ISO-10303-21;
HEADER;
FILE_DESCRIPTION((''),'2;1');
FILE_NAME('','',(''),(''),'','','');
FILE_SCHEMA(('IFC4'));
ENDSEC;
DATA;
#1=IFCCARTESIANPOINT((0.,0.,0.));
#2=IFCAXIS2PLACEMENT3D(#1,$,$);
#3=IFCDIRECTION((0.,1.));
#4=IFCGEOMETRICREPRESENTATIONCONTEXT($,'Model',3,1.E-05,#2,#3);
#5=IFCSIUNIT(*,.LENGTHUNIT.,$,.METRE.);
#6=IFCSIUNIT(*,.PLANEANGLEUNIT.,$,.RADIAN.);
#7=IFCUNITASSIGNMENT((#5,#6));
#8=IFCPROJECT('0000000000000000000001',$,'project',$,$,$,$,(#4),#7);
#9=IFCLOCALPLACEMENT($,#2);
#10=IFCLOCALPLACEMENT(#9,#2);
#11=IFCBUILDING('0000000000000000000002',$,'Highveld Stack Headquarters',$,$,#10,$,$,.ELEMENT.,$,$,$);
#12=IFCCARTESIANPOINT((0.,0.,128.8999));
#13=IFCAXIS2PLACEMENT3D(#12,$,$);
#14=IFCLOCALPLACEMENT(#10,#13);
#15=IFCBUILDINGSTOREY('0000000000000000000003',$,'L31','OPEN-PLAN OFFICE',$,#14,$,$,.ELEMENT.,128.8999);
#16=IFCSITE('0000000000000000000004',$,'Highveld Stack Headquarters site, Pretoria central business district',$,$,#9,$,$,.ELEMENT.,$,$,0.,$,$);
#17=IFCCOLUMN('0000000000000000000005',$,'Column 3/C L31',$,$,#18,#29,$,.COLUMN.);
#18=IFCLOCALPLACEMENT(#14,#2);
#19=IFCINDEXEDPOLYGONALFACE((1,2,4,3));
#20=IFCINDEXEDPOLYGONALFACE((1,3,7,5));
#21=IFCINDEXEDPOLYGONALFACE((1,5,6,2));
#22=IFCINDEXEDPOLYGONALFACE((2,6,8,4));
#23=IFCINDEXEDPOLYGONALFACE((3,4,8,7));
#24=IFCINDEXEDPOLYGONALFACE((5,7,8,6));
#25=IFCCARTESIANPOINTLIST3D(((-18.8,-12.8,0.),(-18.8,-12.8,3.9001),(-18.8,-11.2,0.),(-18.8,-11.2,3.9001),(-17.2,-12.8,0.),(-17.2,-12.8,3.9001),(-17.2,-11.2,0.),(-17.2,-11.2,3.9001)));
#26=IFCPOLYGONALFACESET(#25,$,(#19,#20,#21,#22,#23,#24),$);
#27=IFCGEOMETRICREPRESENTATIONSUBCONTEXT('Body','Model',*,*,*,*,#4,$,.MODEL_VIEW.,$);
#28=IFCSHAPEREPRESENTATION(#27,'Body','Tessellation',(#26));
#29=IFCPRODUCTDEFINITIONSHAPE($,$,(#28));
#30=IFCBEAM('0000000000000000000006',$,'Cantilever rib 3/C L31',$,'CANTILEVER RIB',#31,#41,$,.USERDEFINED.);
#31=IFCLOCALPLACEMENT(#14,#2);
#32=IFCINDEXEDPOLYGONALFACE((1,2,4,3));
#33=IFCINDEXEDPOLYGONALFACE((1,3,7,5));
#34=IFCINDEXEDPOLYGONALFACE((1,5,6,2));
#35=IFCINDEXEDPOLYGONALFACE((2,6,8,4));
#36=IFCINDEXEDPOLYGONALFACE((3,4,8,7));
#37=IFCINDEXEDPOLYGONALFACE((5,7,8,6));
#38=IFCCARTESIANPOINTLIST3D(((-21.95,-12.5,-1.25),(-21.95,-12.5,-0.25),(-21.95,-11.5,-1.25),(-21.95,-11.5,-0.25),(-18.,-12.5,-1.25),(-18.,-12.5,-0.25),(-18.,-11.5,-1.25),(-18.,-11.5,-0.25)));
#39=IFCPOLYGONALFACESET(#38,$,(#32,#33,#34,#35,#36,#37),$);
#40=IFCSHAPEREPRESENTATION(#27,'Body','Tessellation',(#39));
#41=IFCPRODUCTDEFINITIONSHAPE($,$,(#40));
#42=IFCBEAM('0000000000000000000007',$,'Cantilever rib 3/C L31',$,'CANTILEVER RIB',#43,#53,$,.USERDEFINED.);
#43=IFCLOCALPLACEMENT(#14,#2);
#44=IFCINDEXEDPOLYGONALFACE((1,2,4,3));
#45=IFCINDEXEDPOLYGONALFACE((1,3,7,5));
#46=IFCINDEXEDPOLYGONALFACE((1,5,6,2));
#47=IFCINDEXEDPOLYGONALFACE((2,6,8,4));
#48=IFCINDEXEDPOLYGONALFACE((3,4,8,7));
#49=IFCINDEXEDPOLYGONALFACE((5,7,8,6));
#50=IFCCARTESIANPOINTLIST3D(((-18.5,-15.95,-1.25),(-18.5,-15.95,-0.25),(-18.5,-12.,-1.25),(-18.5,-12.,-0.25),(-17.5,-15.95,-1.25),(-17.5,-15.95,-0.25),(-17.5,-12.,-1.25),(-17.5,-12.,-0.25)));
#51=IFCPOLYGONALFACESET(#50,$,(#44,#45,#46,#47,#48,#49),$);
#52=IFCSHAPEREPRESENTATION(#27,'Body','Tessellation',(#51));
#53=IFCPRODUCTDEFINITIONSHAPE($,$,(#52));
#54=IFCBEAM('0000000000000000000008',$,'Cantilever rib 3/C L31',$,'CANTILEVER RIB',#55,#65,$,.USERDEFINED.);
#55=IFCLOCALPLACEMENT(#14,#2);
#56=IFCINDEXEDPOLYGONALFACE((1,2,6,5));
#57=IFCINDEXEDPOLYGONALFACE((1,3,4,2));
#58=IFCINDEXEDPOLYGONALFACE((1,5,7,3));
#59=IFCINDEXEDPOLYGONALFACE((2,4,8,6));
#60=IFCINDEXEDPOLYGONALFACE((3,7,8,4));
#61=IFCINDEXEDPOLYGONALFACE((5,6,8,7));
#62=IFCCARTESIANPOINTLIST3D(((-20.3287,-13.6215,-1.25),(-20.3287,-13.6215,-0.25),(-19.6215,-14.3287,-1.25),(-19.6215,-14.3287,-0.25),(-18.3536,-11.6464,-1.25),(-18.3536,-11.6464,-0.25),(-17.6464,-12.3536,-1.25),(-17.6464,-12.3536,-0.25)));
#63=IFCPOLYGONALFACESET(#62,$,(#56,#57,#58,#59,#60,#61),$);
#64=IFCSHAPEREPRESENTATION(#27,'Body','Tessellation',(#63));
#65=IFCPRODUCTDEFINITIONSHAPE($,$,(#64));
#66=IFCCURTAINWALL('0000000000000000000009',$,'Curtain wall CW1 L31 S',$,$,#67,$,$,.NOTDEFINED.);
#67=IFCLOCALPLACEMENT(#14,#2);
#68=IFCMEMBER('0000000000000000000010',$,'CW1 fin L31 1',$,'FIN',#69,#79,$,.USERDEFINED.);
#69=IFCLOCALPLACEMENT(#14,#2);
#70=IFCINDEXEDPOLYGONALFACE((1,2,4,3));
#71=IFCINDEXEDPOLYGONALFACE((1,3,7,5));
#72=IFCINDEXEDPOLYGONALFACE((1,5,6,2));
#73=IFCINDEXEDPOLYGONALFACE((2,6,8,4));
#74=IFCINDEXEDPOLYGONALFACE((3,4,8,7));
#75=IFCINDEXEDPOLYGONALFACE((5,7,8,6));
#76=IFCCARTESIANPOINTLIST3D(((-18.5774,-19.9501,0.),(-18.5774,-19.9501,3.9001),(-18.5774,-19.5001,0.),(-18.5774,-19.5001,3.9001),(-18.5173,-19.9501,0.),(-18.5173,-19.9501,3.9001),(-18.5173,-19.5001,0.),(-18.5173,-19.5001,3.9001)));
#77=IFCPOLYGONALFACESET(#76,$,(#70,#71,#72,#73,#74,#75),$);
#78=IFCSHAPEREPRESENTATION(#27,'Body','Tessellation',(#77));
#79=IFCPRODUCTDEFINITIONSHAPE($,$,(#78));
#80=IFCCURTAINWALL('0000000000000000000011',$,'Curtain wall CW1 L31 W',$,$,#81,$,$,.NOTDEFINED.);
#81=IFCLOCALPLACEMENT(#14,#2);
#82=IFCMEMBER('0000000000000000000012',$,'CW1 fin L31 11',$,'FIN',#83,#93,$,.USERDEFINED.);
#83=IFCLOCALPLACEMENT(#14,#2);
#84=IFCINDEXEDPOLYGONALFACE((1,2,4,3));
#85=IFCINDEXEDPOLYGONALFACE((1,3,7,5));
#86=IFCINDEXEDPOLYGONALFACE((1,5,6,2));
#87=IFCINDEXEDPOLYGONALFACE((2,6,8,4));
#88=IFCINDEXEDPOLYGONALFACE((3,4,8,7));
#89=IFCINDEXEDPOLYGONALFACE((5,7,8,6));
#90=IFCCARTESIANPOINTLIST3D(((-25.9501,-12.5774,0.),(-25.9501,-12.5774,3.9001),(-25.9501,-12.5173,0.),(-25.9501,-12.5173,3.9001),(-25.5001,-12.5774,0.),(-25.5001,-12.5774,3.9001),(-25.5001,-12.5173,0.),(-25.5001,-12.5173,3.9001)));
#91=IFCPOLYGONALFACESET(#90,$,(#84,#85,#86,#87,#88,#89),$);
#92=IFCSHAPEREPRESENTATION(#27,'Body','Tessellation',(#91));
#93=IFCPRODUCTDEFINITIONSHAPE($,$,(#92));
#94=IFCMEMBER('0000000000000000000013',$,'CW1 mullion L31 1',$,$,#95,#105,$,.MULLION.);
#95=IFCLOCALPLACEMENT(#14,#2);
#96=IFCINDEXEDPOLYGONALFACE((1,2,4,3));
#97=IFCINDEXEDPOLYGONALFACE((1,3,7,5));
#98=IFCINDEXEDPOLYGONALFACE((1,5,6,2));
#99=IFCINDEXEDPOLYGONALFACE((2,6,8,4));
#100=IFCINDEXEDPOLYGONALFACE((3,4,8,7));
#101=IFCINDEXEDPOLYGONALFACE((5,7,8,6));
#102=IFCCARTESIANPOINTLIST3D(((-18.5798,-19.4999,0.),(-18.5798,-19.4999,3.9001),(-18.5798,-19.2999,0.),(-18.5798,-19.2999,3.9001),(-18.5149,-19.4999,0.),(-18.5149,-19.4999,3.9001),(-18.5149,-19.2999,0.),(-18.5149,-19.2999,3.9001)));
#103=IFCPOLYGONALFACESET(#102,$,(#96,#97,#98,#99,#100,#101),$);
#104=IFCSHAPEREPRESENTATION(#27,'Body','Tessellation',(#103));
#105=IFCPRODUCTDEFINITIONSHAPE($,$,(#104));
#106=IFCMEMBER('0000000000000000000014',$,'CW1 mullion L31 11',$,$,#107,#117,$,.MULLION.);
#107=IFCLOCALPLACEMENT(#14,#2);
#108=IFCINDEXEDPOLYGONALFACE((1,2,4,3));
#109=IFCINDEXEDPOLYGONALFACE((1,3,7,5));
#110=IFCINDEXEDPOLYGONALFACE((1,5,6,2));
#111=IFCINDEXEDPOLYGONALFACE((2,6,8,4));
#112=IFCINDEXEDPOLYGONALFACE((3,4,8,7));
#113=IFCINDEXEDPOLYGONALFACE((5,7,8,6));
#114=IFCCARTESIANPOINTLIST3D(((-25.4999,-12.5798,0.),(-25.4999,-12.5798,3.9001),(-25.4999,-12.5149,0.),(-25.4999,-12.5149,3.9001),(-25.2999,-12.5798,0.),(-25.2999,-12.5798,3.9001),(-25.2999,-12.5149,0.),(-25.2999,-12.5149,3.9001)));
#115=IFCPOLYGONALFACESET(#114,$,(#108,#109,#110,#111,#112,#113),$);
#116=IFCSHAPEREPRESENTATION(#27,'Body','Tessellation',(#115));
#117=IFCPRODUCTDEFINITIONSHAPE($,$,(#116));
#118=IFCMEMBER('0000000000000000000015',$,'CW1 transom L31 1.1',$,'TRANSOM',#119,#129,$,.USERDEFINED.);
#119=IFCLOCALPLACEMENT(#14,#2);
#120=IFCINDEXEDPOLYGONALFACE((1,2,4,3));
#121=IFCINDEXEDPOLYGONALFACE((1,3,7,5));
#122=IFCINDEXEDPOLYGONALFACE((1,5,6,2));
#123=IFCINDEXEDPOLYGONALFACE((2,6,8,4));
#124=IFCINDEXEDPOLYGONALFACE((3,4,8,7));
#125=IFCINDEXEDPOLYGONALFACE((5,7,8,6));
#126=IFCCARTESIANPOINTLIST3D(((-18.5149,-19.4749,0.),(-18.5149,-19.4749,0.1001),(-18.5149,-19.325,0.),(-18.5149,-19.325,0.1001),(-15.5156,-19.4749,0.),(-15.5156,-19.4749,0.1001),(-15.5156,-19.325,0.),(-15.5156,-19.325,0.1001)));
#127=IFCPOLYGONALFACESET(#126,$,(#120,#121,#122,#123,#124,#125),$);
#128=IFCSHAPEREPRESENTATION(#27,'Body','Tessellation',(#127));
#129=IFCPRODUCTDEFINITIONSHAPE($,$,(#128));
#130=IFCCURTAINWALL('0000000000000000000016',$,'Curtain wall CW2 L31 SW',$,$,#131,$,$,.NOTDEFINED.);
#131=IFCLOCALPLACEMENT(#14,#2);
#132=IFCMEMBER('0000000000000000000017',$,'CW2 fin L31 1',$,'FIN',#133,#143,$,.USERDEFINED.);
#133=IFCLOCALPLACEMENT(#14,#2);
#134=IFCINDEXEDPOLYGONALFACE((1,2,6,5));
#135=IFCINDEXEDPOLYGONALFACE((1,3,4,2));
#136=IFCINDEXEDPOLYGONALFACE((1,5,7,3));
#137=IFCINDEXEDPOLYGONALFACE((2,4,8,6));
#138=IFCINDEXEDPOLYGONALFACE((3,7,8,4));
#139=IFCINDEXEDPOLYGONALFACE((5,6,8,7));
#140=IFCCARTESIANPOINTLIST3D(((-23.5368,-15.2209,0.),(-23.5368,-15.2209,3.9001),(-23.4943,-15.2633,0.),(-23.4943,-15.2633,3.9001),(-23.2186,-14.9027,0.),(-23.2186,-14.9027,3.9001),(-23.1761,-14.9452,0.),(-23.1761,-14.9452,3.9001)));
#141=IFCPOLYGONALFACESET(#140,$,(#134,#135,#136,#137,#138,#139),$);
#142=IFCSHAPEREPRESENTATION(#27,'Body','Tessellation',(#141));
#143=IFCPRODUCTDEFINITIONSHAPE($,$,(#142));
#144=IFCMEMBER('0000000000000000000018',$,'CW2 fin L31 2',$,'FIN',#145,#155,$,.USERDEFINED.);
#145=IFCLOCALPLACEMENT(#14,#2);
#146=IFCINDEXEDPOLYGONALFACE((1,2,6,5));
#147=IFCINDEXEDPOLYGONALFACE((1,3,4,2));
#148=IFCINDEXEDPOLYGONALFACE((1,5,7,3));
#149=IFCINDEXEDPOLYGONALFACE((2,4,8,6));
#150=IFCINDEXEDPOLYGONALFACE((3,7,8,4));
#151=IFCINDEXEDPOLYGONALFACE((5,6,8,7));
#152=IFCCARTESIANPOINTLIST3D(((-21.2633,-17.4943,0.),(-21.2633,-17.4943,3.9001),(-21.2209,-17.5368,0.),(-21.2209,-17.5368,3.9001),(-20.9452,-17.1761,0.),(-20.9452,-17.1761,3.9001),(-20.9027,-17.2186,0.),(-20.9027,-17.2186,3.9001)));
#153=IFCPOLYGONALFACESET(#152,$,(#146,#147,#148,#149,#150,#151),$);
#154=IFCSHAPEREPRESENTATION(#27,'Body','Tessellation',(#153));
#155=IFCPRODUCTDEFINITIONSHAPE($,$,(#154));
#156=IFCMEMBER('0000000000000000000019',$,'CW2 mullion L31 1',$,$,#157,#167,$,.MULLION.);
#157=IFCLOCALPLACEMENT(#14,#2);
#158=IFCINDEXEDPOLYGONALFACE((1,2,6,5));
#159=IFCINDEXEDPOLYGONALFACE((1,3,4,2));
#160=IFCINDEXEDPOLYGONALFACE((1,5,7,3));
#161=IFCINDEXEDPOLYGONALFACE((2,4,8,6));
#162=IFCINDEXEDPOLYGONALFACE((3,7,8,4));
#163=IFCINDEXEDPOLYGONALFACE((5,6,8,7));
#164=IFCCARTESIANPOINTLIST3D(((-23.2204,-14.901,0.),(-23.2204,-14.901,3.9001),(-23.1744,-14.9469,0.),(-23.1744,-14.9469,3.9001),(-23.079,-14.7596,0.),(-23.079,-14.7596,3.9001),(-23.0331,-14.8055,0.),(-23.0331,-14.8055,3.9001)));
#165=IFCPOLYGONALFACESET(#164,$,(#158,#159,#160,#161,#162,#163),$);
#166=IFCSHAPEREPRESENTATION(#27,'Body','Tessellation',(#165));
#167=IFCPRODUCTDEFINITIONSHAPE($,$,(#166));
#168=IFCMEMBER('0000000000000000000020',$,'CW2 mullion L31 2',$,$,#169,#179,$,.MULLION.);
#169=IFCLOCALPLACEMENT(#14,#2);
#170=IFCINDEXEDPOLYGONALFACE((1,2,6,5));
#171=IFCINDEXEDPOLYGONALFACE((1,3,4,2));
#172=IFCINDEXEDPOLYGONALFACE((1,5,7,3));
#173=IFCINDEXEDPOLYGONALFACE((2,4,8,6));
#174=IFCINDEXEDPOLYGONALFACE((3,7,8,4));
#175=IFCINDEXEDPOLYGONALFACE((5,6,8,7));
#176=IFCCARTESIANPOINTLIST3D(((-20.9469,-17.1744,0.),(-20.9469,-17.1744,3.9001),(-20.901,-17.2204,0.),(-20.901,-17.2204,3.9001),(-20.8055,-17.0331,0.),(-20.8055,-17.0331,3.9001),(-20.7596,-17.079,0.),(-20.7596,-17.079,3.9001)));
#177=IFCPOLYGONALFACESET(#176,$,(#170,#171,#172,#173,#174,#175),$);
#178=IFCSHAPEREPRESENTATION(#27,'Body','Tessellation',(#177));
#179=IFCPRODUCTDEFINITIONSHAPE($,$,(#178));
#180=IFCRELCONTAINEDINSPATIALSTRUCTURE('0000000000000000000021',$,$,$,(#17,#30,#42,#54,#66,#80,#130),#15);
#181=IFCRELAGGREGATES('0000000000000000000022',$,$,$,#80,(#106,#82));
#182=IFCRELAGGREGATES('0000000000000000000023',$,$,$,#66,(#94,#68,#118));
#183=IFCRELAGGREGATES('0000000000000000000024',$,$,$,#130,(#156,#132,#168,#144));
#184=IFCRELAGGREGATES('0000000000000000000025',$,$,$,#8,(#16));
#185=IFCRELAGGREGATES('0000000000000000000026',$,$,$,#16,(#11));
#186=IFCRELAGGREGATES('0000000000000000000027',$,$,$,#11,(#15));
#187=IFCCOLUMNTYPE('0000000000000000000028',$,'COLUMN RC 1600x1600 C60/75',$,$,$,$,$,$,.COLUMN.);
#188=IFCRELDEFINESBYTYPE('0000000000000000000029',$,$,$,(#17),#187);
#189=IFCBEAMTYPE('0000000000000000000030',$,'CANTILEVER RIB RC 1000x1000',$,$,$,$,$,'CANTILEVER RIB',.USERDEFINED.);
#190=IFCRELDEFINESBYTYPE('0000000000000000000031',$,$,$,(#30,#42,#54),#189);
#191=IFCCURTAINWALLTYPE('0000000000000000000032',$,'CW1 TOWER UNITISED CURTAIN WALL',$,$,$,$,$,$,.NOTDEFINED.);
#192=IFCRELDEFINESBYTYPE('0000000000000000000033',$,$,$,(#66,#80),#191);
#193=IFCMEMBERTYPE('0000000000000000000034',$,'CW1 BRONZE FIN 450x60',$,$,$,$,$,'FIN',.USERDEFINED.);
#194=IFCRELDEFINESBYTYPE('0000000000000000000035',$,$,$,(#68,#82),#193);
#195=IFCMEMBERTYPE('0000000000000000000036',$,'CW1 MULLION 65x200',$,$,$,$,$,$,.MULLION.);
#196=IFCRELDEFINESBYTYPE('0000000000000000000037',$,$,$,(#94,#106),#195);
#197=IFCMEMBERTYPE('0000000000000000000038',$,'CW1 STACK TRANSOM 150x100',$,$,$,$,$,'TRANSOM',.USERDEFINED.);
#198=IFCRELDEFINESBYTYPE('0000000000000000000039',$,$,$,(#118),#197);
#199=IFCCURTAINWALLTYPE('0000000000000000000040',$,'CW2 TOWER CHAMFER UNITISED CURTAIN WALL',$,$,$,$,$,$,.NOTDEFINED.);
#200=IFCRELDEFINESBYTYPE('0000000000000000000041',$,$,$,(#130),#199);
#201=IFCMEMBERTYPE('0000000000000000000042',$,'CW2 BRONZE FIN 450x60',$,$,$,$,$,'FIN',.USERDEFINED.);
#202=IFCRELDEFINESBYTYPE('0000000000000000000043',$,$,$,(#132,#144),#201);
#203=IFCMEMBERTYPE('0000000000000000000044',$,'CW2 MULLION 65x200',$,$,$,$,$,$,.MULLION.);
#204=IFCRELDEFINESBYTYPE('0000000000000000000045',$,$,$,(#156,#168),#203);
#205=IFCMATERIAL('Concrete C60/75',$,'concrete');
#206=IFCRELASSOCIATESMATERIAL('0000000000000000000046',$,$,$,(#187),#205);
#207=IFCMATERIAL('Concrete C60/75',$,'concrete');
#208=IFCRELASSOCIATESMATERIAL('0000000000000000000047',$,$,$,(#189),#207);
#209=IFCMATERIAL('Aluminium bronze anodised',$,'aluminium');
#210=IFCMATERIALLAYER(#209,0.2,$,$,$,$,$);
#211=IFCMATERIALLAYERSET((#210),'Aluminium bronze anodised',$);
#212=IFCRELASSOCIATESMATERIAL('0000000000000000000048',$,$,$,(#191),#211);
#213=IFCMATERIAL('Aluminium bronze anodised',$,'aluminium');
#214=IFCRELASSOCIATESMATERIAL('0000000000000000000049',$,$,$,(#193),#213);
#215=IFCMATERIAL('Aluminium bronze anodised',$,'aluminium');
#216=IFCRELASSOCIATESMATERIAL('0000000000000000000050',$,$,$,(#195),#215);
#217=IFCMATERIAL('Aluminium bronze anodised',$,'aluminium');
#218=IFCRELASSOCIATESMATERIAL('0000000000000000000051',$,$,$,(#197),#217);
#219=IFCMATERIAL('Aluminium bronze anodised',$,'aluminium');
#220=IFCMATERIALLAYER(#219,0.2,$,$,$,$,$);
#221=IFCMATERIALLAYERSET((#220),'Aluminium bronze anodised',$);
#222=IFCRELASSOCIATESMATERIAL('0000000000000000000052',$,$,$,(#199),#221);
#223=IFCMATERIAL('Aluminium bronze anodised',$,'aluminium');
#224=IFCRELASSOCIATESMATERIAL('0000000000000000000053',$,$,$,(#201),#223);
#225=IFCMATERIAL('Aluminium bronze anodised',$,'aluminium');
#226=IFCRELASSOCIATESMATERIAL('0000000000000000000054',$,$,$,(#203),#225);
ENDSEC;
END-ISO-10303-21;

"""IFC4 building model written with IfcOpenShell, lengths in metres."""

from ifc_helpers import new_model, si_unit, direction, frame, origin, origin_2d, place, context, subcontext, project, spatial, rectangle, extrude, material, layer, layer_set, material_profile, profile_set, type_object, element, aggregate, save


model = new_model("IFC4")

# Units and contexts
model_context = context("Model", 3, precision=1e-05, world=origin(), true_north=direction((0.0, 1.0)))
body_context = subcontext(model_context, "Body", "Model", "MODEL_VIEW")
ifc_project = project(units=[si_unit("LENGTHUNIT", "METRE"), si_unit("PLANEANGLEUNIT", "RADIAN")], contexts=[model_context])

# Site, building, storey
site_placement = place(None, origin())
site = spatial("IfcSite", under=ifc_project, at=site_placement, Name="Highveld Stack Headquarters site, Pretoria central business district", CompositionType="ELEMENT", RefElevation=0.0)
building_placement = place(site_placement, origin())
building = spatial("IfcBuilding", under=site, at=building_placement, Name="Highveld Stack Headquarters", CompositionType="ELEMENT")
storey_placement = place(building_placement, frame((0.0, 0.0, 128.8999)))
storey = spatial("IfcBuildingStorey", under=building, at=storey_placement, Name="L31", Description="OPEN-PLAN OFFICE", CompositionType="ELEMENT", Elevation=128.8999)

# Column
ifc_material_1 = material(Name="Concrete C60/75", Category="concrete")
ifc_material_profile_1 = material_profile(ifc_material_1, rectangle(XDim=1.6001, YDim=1.6001, at=origin_2d()), Name="RC 1600x1600")
ifc_profile_set_1 = profile_set([ifc_material_profile_1], Name="Concrete C60/75")
column_type = type_object("IfcColumnType", Name="COLUMN RC 1600x1600 C60/75", PredefinedType="COLUMN", material=ifc_profile_set_1)
column_placement = place(storey_placement, frame((-18.0, -12.0, 0.0), z_axis=(0.0, 0.0, 1.0), x_axis=(1.0, 0.0, 0.0)))
element("IfcColumn", 1, at=column_placement, inside=storey, type_object=column_type, Name="Column 3/C L31", PredefinedType="COLUMN", context=body_context, shape_type="SweptSolid", body=[
    extrude(rectangle(XDim=1.6001, YDim=1.6001, at=origin_2d()), origin(), (0.0, 0.0, 1.0), 3.9001),
])

# Beams
ifc_material_2 = material(Name="Concrete C60/75", Category="concrete")
ifc_material_profile_2 = material_profile(ifc_material_2, rectangle(XDim=1.0, YDim=1.0, at=origin_2d()), Name="RC 1000x1000")
ifc_profile_set_2 = profile_set([ifc_material_profile_2], Name="Concrete C60/75")
beam_type_1 = type_object("IfcBeamType", Name="CANTILEVER RIB RC 1000x1000", ElementType="CANTILEVER RIB", PredefinedType="USERDEFINED", material=ifc_profile_set_2)
for number, where, z_axis, x_axis, name in (
    (2, (-18.0, -12.0, -0.75), (-1.0, 0.0, 0.0), (0.0, -1.0, 0.0), "Cantilever rib 3/C L31"),
    (3, (-18.0, -12.0, -0.75), (0.0, -1.0, 0.0), (1.0, 0.0, 0.0), "Cantilever rib 3/C L31"),
):
    element("IfcBeam", number, at=place(storey_placement, frame(where, z_axis=z_axis, x_axis=x_axis)), inside=storey, type_object=beam_type_1, Name=name, ObjectType="CANTILEVER RIB", PredefinedType="USERDEFINED", context=body_context, shape_type="SweptSolid", body=[
        extrude(rectangle(XDim=1.0, YDim=1.0, at=origin_2d()), origin(), (0.0, 0.0, 1.0), 3.95),
    ])
beam_1_placement = place(storey_placement, frame((-18.0, -12.0, -0.75), z_axis=(-0.707107, -0.707107, 0.0), x_axis=(0.707107, -0.707107, 0.0)))
element("IfcBeam", 4, at=beam_1_placement, inside=storey, type_object=beam_type_1, Name="Cantilever rib 3/C L31", ObjectType="CANTILEVER RIB", PredefinedType="USERDEFINED", context=body_context, shape_type="SweptSolid", body=[
    extrude(rectangle(XDim=1.0, YDim=1.0, at=origin_2d()), origin(), (0.0, 0.0, 1.0), 2.7932),
])

# Curtain walls, members
ifc_material_3 = material(Name="Aluminium bronze anodised", Category="aluminium")
ifc_layer_1 = layer(ifc_material_3, 0.2)
ifc_layer_set_1 = layer_set([ifc_layer_1], Name="Aluminium bronze anodised")
curtain_wall_type_1 = type_object("IfcCurtainWallType", Name="CW1 TOWER UNITISED CURTAIN WALL", PredefinedType="NOTDEFINED", material=ifc_layer_set_1)
curtain_wall_1_placement = place(storey_placement, origin())
curtain_wall_1 = element("IfcCurtainWall", 5, at=curtain_wall_1_placement, inside=storey, type_object=curtain_wall_type_1, Name="Curtain wall CW1 L31 S", PredefinedType="NOTDEFINED")
ifc_material_4 = material(Name="Aluminium bronze anodised", Category="aluminium")
ifc_material_profile_3 = material_profile(ifc_material_4, rectangle(XDim=0.45, YDim=0.0601, at=origin_2d()), Name="FIN 450x60")
ifc_profile_set_3 = profile_set([ifc_material_profile_3], Name="Aluminium bronze anodised")
member_type_1 = type_object("IfcMemberType", Name="CW1 BRONZE FIN 450x60", ElementType="FIN", PredefinedType="USERDEFINED", material=ifc_profile_set_3)
member_1_placement = place(storey_placement, frame((-18.5474, -19.7251, 0.0), z_axis=(0.0, 0.0, 1.0), x_axis=(0.0, 1.0, 0.0)))
member_1 = element("IfcMember", 6, at=member_1_placement, type_object=member_type_1, Name="CW1 fin L31 1", ObjectType="FIN", PredefinedType="USERDEFINED", context=body_context, shape_type="SweptSolid", body=[
    extrude(rectangle(XDim=0.45, YDim=0.0601, at=origin_2d()), origin(), (0.0, 0.0, 1.0), 3.9001),
])
curtain_wall_2_placement = place(storey_placement, origin())
curtain_wall_2 = element("IfcCurtainWall", 7, at=curtain_wall_2_placement, inside=storey, type_object=curtain_wall_type_1, Name="Curtain wall CW1 L31 W", PredefinedType="NOTDEFINED")
member_2_placement = place(storey_placement, frame((-25.7251, -12.5474, 0.0), z_axis=(0.0, 0.0, 1.0), x_axis=(1.0, 0.0, 0.0)))
member_2 = element("IfcMember", 8, at=member_2_placement, type_object=member_type_1, Name="CW1 fin L31 11", ObjectType="FIN", PredefinedType="USERDEFINED", context=body_context, shape_type="SweptSolid", body=[
    extrude(rectangle(XDim=0.45, YDim=0.0601, at=origin_2d()), origin(), (0.0, 0.0, 1.0), 3.9001),
])

# Members
ifc_material_5 = material(Name="Aluminium bronze anodised", Category="aluminium")
ifc_material_profile_4 = material_profile(ifc_material_5, rectangle(XDim=0.2, YDim=0.0649, at=origin_2d()), Name="CW1 MULLION 65x200")
ifc_profile_set_4 = profile_set([ifc_material_profile_4], Name="Aluminium bronze anodised")
member_type_2 = type_object("IfcMemberType", Name="CW1 MULLION 65x200", PredefinedType="MULLION", material=ifc_profile_set_4)
member_3_placement = place(storey_placement, frame((-18.5474, -19.3999, 0.0), z_axis=(0.0, 0.0, 1.0), x_axis=(0.0, 1.0, 0.0)))
member_3 = element("IfcMember", 9, at=member_3_placement, type_object=member_type_2, Name="CW1 mullion L31 1", PredefinedType="MULLION", context=body_context, shape_type="SweptSolid", body=[
    extrude(rectangle(XDim=0.2, YDim=0.0649, at=origin_2d()), origin(), (0.0, 0.0, 1.0), 3.9001),
])
member_4_placement = place(storey_placement, frame((-25.3999, -12.5474, 0.0), z_axis=(0.0, 0.0, 1.0), x_axis=(1.0, 0.0, 0.0)))
member_4 = element("IfcMember", 10, at=member_4_placement, type_object=member_type_2, Name="CW1 mullion L31 11", PredefinedType="MULLION", context=body_context, shape_type="SweptSolid", body=[
    extrude(rectangle(XDim=0.2, YDim=0.0649, at=origin_2d()), origin(), (0.0, 0.0, 1.0), 3.9001),
])
aggregate(curtain_wall_2, [member_4, member_2])
ifc_material_6 = material(Name="Aluminium bronze anodised", Category="aluminium")
ifc_material_profile_5 = material_profile(ifc_material_6, rectangle(XDim=0.1499, YDim=0.1001, at=origin_2d()), Name="CW1 TRANSOM 150x100")
ifc_profile_set_5 = profile_set([ifc_material_profile_5], Name="Aluminium bronze anodised")
member_type_3 = type_object("IfcMemberType", Name="CW1 STACK TRANSOM 150x100", ElementType="TRANSOM", PredefinedType="USERDEFINED", material=ifc_profile_set_5)
member_5_placement = place(storey_placement, frame((-18.5149, -19.3999, 0.05), z_axis=(1.0, 0.0, 0.0), x_axis=(0.0, 1.0, 0.0)))
member_5 = element("IfcMember", 11, at=member_5_placement, type_object=member_type_3, Name="CW1 transom L31 1.1", ObjectType="TRANSOM", PredefinedType="USERDEFINED", context=body_context, shape_type="SweptSolid", body=[
    extrude(rectangle(XDim=0.1499, YDim=0.1001, at=origin_2d()), origin(), (0.0, 0.0, 1.0), 2.9993),
])
aggregate(curtain_wall_1, [member_3, member_1, member_5])

# Curtain wall, members
ifc_material_7 = material(Name="Aluminium bronze anodised", Category="aluminium")
ifc_layer_2 = layer(ifc_material_7, 0.2)
ifc_layer_set_2 = layer_set([ifc_layer_2], Name="Aluminium bronze anodised")
curtain_wall_type_2 = type_object("IfcCurtainWallType", Name="CW2 TOWER CHAMFER UNITISED CURTAIN WALL", PredefinedType="NOTDEFINED", material=ifc_layer_set_2)
curtain_wall_3_placement = place(storey_placement, origin())
curtain_wall_3 = element("IfcCurtainWall", 12, at=curtain_wall_3_placement, inside=storey, type_object=curtain_wall_type_2, Name="Curtain wall CW2 L31 SW", PredefinedType="NOTDEFINED")
ifc_material_8 = material(Name="Aluminium bronze anodised", Category="aluminium")
ifc_material_profile_6 = material_profile(ifc_material_8, rectangle(XDim=0.45, YDim=0.0601, at=origin_2d()), Name="FIN 450x60")
ifc_profile_set_6 = profile_set([ifc_material_profile_6], Name="Aluminium bronze anodised")
member_type_4 = type_object("IfcMemberType", Name="CW2 BRONZE FIN 450x60", ElementType="FIN", PredefinedType="USERDEFINED", material=ifc_profile_set_6)
member_6_placement = place(storey_placement, frame((-23.3564, -15.083, 0.0), z_axis=(0.0, 0.0, 1.0), x_axis=(0.707107, 0.707107, 0.0)))
member_6 = element("IfcMember", 13, at=member_6_placement, type_object=member_type_4, Name="CW2 fin L31 1", ObjectType="FIN", PredefinedType="USERDEFINED", context=body_context, shape_type="SweptSolid", body=[
    extrude(rectangle(XDim=0.45, YDim=0.0601, at=origin_2d()), origin(), (0.0, 0.0, 1.0), 3.9001),
])
member_7_placement = place(storey_placement, frame((-21.083, -17.3564, 0.0), z_axis=(0.0, 0.0, 1.0), x_axis=(0.707107, 0.707107, 0.0)))
member_7 = element("IfcMember", 14, at=member_7_placement, type_object=member_type_4, Name="CW2 fin L31 2", ObjectType="FIN", PredefinedType="USERDEFINED", context=body_context, shape_type="SweptSolid", body=[
    extrude(rectangle(XDim=0.45, YDim=0.0601, at=origin_2d()), origin(), (0.0, 0.0, 1.0), 3.9001),
])
ifc_material_9 = material(Name="Aluminium bronze anodised", Category="aluminium")
ifc_material_profile_7 = material_profile(ifc_material_9, rectangle(XDim=0.2, YDim=0.0649, at=origin_2d()), Name="CW2 MULLION 65x200")
ifc_profile_set_7 = profile_set([ifc_material_profile_7], Name="Aluminium bronze anodised")
member_type_5 = type_object("IfcMemberType", Name="CW2 MULLION 65x200", PredefinedType="MULLION", material=ifc_profile_set_7)
member_8_placement = place(storey_placement, frame((-23.1267, -14.8533, 0.0), z_axis=(0.0, 0.0, 1.0), x_axis=(0.707107, 0.707107, 0.0)))
member_8 = element("IfcMember", 15, at=member_8_placement, type_object=member_type_5, Name="CW2 mullion L31 1", PredefinedType="MULLION", context=body_context, shape_type="SweptSolid", body=[
    extrude(rectangle(XDim=0.2, YDim=0.0649, at=origin_2d()), origin(), (0.0, 0.0, 1.0), 3.9001),
])
member_9_placement = place(storey_placement, frame((-20.8533, -17.1267, 0.0), z_axis=(0.0, 0.0, 1.0), x_axis=(0.707107, 0.707107, 0.0)))
member_9 = element("IfcMember", 16, at=member_9_placement, type_object=member_type_5, Name="CW2 mullion L31 2", PredefinedType="MULLION", context=body_context, shape_type="SweptSolid", body=[
    extrude(rectangle(XDim=0.2, YDim=0.0649, at=origin_2d()), origin(), (0.0, 0.0, 1.0), 3.9001),
])

aggregate(curtain_wall_3, [member_8, member_6, member_9, member_7])

save(model, "model.ifc")
